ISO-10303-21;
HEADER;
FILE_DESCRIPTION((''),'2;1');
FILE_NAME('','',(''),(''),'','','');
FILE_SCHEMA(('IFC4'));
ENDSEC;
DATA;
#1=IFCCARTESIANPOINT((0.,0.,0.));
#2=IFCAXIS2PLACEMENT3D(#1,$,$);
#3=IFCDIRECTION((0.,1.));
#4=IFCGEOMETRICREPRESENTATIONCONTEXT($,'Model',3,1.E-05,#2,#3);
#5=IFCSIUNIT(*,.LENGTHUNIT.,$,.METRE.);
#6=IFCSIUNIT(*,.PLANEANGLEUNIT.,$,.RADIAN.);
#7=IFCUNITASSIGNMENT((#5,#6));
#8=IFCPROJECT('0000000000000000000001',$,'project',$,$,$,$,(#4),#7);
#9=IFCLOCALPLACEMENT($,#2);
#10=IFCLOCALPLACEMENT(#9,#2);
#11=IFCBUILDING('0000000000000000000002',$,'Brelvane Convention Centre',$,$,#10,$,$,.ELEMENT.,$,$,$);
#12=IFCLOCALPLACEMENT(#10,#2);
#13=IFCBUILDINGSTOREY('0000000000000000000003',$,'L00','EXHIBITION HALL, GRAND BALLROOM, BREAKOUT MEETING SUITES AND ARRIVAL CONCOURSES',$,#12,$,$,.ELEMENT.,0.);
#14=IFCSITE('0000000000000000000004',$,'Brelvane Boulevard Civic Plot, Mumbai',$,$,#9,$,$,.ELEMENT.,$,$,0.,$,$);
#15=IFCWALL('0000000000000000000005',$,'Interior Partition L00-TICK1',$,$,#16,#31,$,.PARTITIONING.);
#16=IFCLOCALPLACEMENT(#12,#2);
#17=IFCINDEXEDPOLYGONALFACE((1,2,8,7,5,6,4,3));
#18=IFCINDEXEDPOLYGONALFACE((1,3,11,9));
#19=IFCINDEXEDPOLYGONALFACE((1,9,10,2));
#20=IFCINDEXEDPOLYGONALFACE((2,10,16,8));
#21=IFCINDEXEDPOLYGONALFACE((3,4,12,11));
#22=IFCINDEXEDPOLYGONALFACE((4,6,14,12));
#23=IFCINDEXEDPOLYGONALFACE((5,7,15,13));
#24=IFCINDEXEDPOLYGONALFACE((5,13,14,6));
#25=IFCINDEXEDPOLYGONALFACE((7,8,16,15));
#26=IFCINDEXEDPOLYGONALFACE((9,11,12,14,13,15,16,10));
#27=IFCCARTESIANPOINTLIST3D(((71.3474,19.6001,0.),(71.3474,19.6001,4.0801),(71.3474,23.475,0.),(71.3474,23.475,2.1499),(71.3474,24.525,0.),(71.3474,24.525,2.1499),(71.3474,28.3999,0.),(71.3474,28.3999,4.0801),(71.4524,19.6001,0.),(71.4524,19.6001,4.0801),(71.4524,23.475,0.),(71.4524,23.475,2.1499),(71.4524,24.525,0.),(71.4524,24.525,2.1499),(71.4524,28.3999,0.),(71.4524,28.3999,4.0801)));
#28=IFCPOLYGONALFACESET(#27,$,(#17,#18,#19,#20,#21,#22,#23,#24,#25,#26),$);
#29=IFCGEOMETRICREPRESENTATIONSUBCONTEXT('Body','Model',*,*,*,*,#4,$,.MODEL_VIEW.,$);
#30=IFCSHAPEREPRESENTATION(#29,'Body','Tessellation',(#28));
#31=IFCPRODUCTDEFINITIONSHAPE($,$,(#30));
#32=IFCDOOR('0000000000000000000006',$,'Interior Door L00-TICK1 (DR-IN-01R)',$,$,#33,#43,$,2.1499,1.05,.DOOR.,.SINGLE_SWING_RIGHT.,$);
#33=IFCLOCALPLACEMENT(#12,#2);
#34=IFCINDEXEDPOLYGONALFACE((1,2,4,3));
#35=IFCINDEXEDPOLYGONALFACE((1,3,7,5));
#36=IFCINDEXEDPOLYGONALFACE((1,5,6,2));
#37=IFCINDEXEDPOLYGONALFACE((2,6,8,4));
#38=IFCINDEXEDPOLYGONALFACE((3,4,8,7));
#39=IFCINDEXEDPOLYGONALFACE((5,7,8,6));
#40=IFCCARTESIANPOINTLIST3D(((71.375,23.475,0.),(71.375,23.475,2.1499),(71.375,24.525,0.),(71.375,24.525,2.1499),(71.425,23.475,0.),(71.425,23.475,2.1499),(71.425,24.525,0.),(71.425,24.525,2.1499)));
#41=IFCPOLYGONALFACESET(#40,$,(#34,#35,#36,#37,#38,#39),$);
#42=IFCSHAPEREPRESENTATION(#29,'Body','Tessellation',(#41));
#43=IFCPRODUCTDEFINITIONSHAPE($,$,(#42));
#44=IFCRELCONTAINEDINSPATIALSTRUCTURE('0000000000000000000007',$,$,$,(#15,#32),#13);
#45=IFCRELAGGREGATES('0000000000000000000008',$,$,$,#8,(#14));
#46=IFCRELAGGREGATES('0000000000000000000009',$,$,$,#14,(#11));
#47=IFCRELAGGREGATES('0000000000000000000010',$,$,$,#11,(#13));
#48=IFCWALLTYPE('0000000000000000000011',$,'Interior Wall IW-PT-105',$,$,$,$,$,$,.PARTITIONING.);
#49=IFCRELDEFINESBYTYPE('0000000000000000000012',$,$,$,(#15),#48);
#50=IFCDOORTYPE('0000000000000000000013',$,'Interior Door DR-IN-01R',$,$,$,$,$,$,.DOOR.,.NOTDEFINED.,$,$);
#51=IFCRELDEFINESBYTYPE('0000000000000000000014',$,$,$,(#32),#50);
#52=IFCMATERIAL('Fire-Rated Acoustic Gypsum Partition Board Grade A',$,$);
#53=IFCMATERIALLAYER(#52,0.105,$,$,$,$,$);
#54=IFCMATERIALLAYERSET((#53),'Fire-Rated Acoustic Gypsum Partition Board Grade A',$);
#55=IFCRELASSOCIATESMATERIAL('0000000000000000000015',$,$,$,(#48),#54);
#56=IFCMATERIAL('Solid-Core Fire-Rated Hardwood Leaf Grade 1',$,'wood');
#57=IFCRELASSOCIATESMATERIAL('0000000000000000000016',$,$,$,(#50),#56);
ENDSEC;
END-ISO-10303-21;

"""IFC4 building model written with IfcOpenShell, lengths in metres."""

from ifc_helpers import new_model, si_unit, direction, frame, frame_2d, origin, place, context, subcontext, project, spatial, rectangle, extrude, material, layer, layer_set, type_object, element, fill, save


model = new_model("IFC4")

# Units and contexts
model_context = context("Model", 3, precision=1e-05, world=origin(), true_north=direction((0.0, 1.0)))
body_context = subcontext(model_context, "Body", "Model", "MODEL_VIEW")
ifc_project = project(units=[si_unit("LENGTHUNIT", "METRE"), si_unit("PLANEANGLEUNIT", "RADIAN")], contexts=[model_context])

# Site, building, storey
site_placement = place(None, origin())
site = spatial("IfcSite", under=ifc_project, at=site_placement, Name="Brelvane Boulevard Civic Plot, Mumbai", CompositionType="ELEMENT", RefElevation=0.0)
building_placement = place(site_placement, origin())
building = spatial("IfcBuilding", under=site, at=building_placement, Name="Brelvane Convention Centre", CompositionType="ELEMENT")
storey_placement = place(building_placement, origin())
storey = spatial("IfcBuildingStorey", under=building, at=storey_placement, Name="L00", Description="EXHIBITION HALL, GRAND BALLROOM, BREAKOUT MEETING SUITES AND ARRIVAL CONCOURSES", CompositionType="ELEMENT", Elevation=0.0)

# Wall, opening, door
ifc_material_1 = material(Name="Fire-Rated Acoustic Gypsum Partition Board Grade A")
ifc_layer_1 = layer(ifc_material_1, 0.105)
ifc_layer_set_1 = layer_set([ifc_layer_1], Name="Fire-Rated Acoustic Gypsum Partition Board Grade A")
wall_type_1 = type_object("IfcWallType", Name="Interior Wall IW-PT-105", PredefinedType="PARTITIONING", material=ifc_layer_set_1)
wall_1_placement = place(storey_placement, frame((71.3999, 19.6001, 0.0), z_axis=(0.0, 0.0, 1.0), x_axis=(0.0, 1.0, 0.0)))
wall_1 = element("IfcWall", 1, at=wall_1_placement, inside=storey, type_object=wall_type_1, Name="Interior Partition L00-TICK1", PredefinedType="PARTITIONING", context=body_context, shape_type="SweptSolid", body=[
    extrude(rectangle(XDim=8.7998, YDim=0.105, at=frame_2d((4.3999, 0.0))), origin(), (0.0, 0.0, 1.0), 4.0801),
])
opening_1_placement = place(wall_1_placement, frame((3.875, 0.0, 0.0)))
opening_1 = element("IfcOpeningElement", 2, at=opening_1_placement, cuts=wall_1, PredefinedType="OPENING", context=body_context, shape_type="SweptSolid", body=[
    extrude(rectangle(XDim=1.05, YDim=2.1499, at=frame_2d((0.5249, 1.075))), frame((0.0, 0.0625, 0.0), z_axis=(0.0, -1.0, 0.0), x_axis=(1.0, 0.0, 0.0)), (0.0, 0.0, 1.0), 0.125),
])
ifc_material_2 = material(Name="Solid-Core Fire-Rated Hardwood Leaf Grade 1", Category="wood")
door_type_1 = type_object("IfcDoorType", Name="Interior Door DR-IN-01R", OperationType="NOTDEFINED", PredefinedType="DOOR", material=ifc_material_2)
door_1_placement = place(opening_1_placement, origin())
door_1 = element("IfcDoor", 3, at=door_1_placement, inside=storey, type_object=door_type_1, Name="Interior Door L00-TICK1 (DR-IN-01R)", OperationType="SINGLE_SWING_RIGHT", OverallHeight=2.1499, OverallWidth=1.05, PredefinedType="DOOR", context=body_context, shape_type="SweptSolid", body=[
    extrude(rectangle(XDim=1.05, YDim=2.1499, at=frame_2d((0.5249, 1.075))), frame((0.0, 0.0249, 0.0), z_axis=(0.0, -1.0, 0.0), x_axis=(1.0, 0.0, 0.0)), (0.0, 0.0, 1.0), 0.05),
])
fill(opening_1, door_1)

save(model, "model.ifc")
